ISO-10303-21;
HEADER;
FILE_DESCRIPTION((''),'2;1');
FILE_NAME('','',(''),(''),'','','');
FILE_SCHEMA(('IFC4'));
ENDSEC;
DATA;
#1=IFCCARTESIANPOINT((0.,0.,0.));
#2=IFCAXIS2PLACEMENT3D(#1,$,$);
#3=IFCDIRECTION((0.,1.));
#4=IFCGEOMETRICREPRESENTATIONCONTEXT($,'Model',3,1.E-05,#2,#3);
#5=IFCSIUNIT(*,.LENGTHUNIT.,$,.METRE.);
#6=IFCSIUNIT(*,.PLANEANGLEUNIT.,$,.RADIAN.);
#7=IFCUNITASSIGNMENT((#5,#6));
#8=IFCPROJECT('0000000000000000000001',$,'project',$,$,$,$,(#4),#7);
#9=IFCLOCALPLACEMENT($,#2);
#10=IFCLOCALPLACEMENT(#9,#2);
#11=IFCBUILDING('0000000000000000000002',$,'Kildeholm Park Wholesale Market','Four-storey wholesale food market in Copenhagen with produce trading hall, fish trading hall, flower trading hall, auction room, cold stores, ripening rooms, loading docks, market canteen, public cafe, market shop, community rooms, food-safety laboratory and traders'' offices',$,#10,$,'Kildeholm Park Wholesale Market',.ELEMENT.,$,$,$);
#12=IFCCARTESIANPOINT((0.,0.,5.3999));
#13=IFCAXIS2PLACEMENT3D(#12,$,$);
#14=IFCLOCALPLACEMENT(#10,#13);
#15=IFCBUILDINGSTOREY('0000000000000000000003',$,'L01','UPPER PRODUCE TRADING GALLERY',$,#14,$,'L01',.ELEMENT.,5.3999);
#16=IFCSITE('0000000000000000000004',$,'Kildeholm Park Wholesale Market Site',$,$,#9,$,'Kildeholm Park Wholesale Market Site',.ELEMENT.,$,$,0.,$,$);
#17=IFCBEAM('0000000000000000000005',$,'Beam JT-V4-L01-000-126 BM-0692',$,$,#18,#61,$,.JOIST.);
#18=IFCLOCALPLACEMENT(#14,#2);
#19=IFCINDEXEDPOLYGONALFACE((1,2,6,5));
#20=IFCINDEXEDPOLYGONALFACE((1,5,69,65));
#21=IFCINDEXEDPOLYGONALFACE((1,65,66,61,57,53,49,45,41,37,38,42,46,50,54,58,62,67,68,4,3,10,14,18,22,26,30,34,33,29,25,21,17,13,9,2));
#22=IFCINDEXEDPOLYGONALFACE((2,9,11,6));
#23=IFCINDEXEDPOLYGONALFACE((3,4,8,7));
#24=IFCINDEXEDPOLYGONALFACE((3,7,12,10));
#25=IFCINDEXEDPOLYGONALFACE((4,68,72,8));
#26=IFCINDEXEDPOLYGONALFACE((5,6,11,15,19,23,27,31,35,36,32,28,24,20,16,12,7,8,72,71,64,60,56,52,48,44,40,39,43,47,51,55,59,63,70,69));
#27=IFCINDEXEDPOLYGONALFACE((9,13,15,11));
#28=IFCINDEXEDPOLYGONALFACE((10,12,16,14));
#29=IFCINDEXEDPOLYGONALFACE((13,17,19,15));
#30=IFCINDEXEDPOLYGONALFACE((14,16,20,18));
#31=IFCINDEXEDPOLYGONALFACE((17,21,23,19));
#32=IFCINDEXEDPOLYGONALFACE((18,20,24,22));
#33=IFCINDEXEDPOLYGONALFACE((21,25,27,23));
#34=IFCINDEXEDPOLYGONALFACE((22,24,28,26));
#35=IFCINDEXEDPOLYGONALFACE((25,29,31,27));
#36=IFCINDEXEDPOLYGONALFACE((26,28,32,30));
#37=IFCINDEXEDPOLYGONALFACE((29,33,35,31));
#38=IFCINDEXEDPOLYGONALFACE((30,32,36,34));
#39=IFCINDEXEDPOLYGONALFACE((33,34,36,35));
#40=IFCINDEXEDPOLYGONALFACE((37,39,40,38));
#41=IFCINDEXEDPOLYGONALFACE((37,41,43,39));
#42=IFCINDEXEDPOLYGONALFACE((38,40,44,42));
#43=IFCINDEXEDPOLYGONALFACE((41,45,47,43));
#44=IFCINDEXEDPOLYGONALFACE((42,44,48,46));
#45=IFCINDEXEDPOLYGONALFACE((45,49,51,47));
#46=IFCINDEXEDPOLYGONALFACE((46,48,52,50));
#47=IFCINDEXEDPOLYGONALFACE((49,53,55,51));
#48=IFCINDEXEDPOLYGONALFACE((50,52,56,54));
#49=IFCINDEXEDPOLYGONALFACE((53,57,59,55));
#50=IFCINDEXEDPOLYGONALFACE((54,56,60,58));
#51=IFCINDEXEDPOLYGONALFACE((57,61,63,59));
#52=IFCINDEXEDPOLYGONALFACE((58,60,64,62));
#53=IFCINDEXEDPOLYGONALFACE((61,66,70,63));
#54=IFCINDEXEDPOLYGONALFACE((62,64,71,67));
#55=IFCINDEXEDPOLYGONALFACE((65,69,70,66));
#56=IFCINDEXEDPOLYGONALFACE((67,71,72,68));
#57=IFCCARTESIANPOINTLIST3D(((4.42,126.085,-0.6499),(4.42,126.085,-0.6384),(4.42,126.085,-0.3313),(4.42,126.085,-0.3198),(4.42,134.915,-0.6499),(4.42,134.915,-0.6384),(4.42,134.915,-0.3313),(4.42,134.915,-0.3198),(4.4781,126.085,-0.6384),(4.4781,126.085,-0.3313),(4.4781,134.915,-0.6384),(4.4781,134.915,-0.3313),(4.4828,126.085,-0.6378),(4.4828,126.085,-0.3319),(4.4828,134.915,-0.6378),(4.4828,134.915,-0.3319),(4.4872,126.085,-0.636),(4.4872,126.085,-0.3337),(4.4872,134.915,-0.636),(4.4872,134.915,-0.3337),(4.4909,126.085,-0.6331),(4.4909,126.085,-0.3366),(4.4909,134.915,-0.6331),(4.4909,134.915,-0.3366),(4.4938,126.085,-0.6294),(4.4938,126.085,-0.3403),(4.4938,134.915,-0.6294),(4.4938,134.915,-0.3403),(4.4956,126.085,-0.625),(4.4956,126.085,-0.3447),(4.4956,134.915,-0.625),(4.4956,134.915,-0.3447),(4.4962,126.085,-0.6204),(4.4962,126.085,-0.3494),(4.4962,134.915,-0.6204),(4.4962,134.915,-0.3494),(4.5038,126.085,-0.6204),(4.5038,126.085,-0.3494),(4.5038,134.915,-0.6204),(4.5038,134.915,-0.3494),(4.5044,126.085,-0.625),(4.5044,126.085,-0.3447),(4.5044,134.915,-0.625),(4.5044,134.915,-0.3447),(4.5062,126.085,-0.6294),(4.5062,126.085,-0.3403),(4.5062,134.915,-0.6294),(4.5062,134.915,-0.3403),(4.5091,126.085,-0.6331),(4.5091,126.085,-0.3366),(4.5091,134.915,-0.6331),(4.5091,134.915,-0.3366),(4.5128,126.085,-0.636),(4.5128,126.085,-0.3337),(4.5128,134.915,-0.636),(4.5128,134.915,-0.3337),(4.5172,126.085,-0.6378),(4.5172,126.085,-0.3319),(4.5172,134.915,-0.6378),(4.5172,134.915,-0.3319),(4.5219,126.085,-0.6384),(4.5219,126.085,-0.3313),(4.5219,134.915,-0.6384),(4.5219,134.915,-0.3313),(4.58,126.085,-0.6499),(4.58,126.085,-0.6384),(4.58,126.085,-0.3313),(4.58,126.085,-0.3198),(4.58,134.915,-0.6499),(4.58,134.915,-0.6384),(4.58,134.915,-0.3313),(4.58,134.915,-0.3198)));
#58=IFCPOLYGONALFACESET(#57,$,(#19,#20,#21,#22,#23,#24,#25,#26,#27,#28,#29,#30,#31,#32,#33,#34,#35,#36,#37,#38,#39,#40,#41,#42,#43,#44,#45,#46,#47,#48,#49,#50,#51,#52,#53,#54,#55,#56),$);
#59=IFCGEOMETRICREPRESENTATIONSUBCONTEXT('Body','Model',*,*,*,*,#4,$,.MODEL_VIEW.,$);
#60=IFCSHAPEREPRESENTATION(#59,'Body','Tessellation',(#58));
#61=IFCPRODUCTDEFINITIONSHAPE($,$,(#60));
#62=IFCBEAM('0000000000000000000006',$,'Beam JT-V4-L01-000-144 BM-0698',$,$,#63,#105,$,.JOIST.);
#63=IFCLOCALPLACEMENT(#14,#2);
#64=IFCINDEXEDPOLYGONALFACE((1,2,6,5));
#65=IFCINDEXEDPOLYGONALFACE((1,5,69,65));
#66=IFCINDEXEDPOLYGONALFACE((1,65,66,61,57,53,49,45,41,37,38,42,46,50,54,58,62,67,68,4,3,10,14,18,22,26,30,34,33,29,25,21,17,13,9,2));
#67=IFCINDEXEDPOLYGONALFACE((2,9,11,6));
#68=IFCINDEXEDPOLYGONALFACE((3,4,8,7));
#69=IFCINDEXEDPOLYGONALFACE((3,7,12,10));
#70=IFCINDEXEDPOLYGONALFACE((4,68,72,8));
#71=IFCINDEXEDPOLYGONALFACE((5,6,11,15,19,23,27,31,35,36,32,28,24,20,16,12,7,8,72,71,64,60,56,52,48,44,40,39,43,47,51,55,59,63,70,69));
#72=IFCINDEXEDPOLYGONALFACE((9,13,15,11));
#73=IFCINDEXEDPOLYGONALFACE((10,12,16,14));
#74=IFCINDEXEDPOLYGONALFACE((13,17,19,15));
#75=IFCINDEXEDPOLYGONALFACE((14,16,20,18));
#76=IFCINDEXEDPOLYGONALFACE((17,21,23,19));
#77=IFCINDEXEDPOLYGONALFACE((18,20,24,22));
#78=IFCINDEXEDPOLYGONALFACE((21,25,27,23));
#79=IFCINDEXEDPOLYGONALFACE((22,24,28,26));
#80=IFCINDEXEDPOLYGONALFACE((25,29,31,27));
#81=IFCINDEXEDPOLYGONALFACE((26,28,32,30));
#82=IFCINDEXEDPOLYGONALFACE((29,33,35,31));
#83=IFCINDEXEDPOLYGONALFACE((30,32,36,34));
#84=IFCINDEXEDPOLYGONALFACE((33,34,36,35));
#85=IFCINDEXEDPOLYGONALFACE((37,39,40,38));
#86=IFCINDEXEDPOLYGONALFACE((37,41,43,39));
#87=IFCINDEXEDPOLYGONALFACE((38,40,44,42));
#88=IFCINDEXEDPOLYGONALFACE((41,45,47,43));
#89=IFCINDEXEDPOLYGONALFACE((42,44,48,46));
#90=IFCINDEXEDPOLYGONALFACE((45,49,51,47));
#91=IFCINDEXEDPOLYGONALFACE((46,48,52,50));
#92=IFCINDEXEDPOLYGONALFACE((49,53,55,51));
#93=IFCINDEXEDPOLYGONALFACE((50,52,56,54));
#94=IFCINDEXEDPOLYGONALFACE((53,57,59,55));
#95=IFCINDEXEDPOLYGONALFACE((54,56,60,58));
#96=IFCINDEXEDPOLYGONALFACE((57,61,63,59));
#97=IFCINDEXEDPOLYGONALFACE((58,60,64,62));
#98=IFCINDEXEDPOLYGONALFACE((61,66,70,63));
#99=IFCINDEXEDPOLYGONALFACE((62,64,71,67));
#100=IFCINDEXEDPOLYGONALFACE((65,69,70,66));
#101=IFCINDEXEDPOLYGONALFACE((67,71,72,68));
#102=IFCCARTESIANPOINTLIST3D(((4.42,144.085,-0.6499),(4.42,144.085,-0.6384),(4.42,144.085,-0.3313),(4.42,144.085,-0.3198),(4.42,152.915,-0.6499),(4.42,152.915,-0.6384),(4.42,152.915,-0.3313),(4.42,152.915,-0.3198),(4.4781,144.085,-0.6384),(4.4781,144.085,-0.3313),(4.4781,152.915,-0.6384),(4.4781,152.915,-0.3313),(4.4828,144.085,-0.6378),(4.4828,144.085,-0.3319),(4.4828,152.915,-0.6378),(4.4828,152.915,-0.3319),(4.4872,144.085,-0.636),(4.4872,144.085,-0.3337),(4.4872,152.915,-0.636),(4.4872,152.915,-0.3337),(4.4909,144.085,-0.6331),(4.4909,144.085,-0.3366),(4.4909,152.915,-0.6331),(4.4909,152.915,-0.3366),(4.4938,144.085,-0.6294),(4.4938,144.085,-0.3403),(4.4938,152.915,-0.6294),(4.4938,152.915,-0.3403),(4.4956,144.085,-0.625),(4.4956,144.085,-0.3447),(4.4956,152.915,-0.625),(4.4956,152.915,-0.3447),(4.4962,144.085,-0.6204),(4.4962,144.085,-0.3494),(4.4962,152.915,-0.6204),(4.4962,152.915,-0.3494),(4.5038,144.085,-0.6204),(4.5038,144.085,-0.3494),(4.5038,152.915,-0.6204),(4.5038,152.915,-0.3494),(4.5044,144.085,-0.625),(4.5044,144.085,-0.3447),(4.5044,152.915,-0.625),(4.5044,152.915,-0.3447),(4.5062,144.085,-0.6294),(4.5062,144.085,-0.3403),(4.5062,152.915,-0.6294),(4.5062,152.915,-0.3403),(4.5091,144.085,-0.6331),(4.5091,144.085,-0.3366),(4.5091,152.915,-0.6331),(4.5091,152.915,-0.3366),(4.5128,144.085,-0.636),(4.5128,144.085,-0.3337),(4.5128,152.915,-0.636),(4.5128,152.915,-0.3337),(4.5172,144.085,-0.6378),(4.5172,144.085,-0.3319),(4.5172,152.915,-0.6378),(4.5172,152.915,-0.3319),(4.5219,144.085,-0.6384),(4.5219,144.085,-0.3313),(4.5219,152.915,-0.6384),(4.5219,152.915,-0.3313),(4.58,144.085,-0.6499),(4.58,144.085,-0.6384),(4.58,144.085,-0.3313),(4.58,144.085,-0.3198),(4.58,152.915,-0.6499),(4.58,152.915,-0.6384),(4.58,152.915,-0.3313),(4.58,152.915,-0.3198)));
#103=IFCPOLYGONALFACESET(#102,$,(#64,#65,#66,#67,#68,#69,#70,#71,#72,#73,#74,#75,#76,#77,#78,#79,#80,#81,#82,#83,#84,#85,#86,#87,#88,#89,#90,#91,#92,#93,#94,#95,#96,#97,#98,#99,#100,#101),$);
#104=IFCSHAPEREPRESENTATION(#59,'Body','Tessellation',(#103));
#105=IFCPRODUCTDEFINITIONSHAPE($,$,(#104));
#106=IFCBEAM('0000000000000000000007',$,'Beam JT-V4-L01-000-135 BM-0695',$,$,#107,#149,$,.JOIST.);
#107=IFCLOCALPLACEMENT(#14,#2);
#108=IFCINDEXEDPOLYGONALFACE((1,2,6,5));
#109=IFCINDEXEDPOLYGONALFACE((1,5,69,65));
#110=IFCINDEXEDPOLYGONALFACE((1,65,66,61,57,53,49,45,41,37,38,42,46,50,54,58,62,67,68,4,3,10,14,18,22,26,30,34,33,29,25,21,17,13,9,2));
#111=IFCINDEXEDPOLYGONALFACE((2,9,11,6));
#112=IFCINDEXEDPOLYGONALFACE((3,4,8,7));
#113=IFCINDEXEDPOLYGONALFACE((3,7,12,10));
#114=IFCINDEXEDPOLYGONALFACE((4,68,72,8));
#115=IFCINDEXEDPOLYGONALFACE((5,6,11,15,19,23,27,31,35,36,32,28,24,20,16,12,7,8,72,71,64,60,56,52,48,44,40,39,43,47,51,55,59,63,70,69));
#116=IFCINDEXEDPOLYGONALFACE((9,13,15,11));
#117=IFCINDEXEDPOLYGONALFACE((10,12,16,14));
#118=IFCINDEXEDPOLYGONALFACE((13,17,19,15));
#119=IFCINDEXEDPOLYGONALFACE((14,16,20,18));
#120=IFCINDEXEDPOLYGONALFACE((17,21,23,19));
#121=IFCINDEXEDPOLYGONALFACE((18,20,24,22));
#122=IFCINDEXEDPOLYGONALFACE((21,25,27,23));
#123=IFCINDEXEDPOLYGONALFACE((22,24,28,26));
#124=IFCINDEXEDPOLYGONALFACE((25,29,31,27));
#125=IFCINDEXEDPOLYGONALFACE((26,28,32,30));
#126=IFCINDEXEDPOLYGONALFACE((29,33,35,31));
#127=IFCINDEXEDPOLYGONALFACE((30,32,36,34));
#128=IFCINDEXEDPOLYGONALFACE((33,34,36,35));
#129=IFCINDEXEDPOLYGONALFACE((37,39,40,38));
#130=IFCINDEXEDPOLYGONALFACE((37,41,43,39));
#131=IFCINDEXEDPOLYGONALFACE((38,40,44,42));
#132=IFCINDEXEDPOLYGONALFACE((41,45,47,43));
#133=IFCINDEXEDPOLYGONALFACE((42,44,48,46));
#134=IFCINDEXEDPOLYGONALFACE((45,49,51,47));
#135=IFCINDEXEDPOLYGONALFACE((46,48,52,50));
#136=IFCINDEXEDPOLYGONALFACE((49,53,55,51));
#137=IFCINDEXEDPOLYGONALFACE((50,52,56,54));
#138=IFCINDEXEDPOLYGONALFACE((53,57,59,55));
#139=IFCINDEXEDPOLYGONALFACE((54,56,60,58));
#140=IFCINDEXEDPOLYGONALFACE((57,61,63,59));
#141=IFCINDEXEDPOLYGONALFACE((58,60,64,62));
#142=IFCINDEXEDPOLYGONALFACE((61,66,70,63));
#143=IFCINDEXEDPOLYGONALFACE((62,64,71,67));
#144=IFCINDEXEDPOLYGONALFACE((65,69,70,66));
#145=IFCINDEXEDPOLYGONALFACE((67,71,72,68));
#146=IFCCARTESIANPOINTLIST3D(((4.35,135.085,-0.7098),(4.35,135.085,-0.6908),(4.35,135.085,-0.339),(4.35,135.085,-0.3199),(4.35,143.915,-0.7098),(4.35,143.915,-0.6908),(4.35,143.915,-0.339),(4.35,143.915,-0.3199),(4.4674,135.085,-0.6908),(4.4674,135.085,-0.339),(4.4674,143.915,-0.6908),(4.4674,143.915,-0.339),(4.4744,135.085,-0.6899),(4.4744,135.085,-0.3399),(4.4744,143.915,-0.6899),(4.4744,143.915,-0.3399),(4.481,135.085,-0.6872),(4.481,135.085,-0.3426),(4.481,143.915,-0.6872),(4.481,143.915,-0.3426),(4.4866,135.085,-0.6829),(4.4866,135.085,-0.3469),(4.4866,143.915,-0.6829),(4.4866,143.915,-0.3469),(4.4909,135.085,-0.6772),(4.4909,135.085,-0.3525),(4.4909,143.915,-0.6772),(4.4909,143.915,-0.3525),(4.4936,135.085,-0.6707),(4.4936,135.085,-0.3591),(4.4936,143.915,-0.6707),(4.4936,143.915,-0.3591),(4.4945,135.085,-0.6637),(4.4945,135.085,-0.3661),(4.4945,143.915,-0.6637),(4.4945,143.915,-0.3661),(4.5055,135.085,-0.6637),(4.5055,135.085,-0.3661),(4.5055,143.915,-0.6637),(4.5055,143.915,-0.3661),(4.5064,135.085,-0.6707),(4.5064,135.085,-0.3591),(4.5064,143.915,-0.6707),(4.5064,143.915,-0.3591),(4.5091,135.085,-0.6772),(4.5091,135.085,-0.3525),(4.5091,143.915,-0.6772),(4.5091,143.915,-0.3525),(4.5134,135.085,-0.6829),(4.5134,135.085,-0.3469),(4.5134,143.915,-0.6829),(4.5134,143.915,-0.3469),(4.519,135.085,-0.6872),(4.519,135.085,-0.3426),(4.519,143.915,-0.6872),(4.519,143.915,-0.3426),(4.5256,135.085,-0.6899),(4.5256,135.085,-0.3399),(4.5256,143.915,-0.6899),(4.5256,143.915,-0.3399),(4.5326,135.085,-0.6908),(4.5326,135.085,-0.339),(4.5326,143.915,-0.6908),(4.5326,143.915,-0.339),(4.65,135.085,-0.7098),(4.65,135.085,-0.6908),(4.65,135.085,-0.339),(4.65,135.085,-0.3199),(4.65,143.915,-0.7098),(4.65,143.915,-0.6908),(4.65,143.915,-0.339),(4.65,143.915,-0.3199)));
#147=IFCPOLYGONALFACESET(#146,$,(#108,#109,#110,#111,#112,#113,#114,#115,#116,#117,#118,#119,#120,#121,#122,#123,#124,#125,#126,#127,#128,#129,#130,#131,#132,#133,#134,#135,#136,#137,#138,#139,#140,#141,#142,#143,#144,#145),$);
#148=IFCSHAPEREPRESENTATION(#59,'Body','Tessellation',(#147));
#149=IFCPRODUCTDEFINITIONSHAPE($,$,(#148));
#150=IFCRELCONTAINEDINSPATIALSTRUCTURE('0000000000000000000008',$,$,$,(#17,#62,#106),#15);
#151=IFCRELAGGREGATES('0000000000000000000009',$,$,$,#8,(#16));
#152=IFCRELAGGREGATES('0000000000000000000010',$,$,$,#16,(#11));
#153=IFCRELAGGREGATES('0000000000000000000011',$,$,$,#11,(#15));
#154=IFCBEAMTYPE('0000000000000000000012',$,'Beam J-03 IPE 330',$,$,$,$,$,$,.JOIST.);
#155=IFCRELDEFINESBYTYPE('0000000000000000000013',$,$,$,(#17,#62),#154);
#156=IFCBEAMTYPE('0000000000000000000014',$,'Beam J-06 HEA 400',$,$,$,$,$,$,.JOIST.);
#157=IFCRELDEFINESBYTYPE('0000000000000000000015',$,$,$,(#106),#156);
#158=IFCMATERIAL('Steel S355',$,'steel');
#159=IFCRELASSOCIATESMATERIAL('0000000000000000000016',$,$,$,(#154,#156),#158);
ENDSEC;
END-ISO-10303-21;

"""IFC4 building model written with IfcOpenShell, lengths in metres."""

from ifc_helpers import new_model, si_unit, direction, frame, origin, origin_2d, place, context, subcontext, project, spatial, i_section, extrude, material, material_profile, profile_set, type_object, element, save


model = new_model("IFC4")

# Units and contexts
model_context = context("Model", 3, precision=1e-05, world=origin(), true_north=direction((0.0, 1.0)))
body_context = subcontext(model_context, "Body", "Model", "MODEL_VIEW")
ifc_project = project(units=[si_unit("LENGTHUNIT", "METRE"), si_unit("PLANEANGLEUNIT", "RADIAN")], contexts=[model_context])

# Site, building, storey
site_placement = place(None, origin())
site = spatial("IfcSite", under=ifc_project, at=site_placement, Name="Kildeholm Park Wholesale Market Site", LongName="Kildeholm Park Wholesale Market Site", CompositionType="ELEMENT", RefElevation=0.0)
building_placement = place(site_placement, origin())
building = spatial("IfcBuilding", under=site, at=building_placement, Name="Kildeholm Park Wholesale Market", Description="Four-storey wholesale food market in Copenhagen with produce trading hall, fish trading hall, flower trading hall, auction room, cold stores, ripening rooms, loading docks, market canteen, public cafe, market shop, community rooms, food-safety laboratory and traders' offices", LongName="Kildeholm Park Wholesale Market", CompositionType="ELEMENT")
storey_placement = place(building_placement, frame((0.0, 0.0, 5.3999)))
storey = spatial("IfcBuildingStorey", under=building, at=storey_placement, Name="L01", Description="UPPER PRODUCE TRADING GALLERY", LongName="L01", CompositionType="ELEMENT", Elevation=5.3999)

# Beams
ifc_material_1 = material(Name="Steel S355", Category="steel")
ifc_material_profile_1 = material_profile(ifc_material_1, i_section(OverallWidth=0.1599, OverallDepth=0.3301, WebThickness=0.0076, FlangeThickness=0.0115, FilletRadius=0.0181, at=origin_2d()), Name="IPE 330")
ifc_profile_set_1 = profile_set([ifc_material_profile_1], Name="Steel S355")
beam_type_1 = type_object("IfcBeamType", Name="Beam J-03 IPE 330", PredefinedType="JOIST", material=ifc_profile_set_1)
for number, where, z_axis, x_axis, name in (
    (1, (4.5, 126.085, -0.4849), (0.0, 1.0, 0.0), (-1.0, 0.0, 0.0), "Beam JT-V4-L01-000-126 BM-0692"),
    (2, (4.5, 144.085, -0.4849), (0.0, 1.0, 0.0), (-1.0, 0.0, 0.0), "Beam JT-V4-L01-000-144 BM-0698"),
):
    element("IfcBeam", number, at=place(storey_placement, frame(where, z_axis=z_axis, x_axis=x_axis)), inside=storey, type_object=beam_type_1, Name=name, PredefinedType="JOIST", context=body_context, shape_type="SweptSolid", body=[
        extrude(i_section(OverallWidth=0.1599, OverallDepth=0.3301, WebThickness=0.0076, FlangeThickness=0.0115, FilletRadius=0.0181, at=origin_2d()), origin(), (0.0, 0.0, 1.0), 8.8301),
    ])
ifc_material_profile_2 = material_profile(ifc_material_1, i_section(OverallWidth=0.3, OverallDepth=0.3899, WebThickness=0.011, FlangeThickness=0.019, FilletRadius=0.0271, at=origin_2d()), Name="HEA 400")
ifc_profile_set_2 = profile_set([ifc_material_profile_2], Name="Steel S355")
beam_type_2 = type_object("IfcBeamType", Name="Beam J-06 HEA 400", PredefinedType="JOIST", material=ifc_profile_set_2)
beam_1_placement = place(storey_placement, frame((4.5, 135.085, -0.5149), z_axis=(0.0, 1.0, 0.0), x_axis=(-1.0, 0.0, 0.0)))
element("IfcBeam", 3, at=beam_1_placement, inside=storey, type_object=beam_type_2, Name="Beam JT-V4-L01-000-135 BM-0695", PredefinedType="JOIST", context=body_context, shape_type="SweptSolid", body=[
    extrude(i_section(OverallWidth=0.3, OverallDepth=0.3899, WebThickness=0.011, FlangeThickness=0.019, FilletRadius=0.0271, at=origin_2d()), origin(), (0.0, 0.0, 1.0), 8.8301),
])

save(model, "model.ifc")
